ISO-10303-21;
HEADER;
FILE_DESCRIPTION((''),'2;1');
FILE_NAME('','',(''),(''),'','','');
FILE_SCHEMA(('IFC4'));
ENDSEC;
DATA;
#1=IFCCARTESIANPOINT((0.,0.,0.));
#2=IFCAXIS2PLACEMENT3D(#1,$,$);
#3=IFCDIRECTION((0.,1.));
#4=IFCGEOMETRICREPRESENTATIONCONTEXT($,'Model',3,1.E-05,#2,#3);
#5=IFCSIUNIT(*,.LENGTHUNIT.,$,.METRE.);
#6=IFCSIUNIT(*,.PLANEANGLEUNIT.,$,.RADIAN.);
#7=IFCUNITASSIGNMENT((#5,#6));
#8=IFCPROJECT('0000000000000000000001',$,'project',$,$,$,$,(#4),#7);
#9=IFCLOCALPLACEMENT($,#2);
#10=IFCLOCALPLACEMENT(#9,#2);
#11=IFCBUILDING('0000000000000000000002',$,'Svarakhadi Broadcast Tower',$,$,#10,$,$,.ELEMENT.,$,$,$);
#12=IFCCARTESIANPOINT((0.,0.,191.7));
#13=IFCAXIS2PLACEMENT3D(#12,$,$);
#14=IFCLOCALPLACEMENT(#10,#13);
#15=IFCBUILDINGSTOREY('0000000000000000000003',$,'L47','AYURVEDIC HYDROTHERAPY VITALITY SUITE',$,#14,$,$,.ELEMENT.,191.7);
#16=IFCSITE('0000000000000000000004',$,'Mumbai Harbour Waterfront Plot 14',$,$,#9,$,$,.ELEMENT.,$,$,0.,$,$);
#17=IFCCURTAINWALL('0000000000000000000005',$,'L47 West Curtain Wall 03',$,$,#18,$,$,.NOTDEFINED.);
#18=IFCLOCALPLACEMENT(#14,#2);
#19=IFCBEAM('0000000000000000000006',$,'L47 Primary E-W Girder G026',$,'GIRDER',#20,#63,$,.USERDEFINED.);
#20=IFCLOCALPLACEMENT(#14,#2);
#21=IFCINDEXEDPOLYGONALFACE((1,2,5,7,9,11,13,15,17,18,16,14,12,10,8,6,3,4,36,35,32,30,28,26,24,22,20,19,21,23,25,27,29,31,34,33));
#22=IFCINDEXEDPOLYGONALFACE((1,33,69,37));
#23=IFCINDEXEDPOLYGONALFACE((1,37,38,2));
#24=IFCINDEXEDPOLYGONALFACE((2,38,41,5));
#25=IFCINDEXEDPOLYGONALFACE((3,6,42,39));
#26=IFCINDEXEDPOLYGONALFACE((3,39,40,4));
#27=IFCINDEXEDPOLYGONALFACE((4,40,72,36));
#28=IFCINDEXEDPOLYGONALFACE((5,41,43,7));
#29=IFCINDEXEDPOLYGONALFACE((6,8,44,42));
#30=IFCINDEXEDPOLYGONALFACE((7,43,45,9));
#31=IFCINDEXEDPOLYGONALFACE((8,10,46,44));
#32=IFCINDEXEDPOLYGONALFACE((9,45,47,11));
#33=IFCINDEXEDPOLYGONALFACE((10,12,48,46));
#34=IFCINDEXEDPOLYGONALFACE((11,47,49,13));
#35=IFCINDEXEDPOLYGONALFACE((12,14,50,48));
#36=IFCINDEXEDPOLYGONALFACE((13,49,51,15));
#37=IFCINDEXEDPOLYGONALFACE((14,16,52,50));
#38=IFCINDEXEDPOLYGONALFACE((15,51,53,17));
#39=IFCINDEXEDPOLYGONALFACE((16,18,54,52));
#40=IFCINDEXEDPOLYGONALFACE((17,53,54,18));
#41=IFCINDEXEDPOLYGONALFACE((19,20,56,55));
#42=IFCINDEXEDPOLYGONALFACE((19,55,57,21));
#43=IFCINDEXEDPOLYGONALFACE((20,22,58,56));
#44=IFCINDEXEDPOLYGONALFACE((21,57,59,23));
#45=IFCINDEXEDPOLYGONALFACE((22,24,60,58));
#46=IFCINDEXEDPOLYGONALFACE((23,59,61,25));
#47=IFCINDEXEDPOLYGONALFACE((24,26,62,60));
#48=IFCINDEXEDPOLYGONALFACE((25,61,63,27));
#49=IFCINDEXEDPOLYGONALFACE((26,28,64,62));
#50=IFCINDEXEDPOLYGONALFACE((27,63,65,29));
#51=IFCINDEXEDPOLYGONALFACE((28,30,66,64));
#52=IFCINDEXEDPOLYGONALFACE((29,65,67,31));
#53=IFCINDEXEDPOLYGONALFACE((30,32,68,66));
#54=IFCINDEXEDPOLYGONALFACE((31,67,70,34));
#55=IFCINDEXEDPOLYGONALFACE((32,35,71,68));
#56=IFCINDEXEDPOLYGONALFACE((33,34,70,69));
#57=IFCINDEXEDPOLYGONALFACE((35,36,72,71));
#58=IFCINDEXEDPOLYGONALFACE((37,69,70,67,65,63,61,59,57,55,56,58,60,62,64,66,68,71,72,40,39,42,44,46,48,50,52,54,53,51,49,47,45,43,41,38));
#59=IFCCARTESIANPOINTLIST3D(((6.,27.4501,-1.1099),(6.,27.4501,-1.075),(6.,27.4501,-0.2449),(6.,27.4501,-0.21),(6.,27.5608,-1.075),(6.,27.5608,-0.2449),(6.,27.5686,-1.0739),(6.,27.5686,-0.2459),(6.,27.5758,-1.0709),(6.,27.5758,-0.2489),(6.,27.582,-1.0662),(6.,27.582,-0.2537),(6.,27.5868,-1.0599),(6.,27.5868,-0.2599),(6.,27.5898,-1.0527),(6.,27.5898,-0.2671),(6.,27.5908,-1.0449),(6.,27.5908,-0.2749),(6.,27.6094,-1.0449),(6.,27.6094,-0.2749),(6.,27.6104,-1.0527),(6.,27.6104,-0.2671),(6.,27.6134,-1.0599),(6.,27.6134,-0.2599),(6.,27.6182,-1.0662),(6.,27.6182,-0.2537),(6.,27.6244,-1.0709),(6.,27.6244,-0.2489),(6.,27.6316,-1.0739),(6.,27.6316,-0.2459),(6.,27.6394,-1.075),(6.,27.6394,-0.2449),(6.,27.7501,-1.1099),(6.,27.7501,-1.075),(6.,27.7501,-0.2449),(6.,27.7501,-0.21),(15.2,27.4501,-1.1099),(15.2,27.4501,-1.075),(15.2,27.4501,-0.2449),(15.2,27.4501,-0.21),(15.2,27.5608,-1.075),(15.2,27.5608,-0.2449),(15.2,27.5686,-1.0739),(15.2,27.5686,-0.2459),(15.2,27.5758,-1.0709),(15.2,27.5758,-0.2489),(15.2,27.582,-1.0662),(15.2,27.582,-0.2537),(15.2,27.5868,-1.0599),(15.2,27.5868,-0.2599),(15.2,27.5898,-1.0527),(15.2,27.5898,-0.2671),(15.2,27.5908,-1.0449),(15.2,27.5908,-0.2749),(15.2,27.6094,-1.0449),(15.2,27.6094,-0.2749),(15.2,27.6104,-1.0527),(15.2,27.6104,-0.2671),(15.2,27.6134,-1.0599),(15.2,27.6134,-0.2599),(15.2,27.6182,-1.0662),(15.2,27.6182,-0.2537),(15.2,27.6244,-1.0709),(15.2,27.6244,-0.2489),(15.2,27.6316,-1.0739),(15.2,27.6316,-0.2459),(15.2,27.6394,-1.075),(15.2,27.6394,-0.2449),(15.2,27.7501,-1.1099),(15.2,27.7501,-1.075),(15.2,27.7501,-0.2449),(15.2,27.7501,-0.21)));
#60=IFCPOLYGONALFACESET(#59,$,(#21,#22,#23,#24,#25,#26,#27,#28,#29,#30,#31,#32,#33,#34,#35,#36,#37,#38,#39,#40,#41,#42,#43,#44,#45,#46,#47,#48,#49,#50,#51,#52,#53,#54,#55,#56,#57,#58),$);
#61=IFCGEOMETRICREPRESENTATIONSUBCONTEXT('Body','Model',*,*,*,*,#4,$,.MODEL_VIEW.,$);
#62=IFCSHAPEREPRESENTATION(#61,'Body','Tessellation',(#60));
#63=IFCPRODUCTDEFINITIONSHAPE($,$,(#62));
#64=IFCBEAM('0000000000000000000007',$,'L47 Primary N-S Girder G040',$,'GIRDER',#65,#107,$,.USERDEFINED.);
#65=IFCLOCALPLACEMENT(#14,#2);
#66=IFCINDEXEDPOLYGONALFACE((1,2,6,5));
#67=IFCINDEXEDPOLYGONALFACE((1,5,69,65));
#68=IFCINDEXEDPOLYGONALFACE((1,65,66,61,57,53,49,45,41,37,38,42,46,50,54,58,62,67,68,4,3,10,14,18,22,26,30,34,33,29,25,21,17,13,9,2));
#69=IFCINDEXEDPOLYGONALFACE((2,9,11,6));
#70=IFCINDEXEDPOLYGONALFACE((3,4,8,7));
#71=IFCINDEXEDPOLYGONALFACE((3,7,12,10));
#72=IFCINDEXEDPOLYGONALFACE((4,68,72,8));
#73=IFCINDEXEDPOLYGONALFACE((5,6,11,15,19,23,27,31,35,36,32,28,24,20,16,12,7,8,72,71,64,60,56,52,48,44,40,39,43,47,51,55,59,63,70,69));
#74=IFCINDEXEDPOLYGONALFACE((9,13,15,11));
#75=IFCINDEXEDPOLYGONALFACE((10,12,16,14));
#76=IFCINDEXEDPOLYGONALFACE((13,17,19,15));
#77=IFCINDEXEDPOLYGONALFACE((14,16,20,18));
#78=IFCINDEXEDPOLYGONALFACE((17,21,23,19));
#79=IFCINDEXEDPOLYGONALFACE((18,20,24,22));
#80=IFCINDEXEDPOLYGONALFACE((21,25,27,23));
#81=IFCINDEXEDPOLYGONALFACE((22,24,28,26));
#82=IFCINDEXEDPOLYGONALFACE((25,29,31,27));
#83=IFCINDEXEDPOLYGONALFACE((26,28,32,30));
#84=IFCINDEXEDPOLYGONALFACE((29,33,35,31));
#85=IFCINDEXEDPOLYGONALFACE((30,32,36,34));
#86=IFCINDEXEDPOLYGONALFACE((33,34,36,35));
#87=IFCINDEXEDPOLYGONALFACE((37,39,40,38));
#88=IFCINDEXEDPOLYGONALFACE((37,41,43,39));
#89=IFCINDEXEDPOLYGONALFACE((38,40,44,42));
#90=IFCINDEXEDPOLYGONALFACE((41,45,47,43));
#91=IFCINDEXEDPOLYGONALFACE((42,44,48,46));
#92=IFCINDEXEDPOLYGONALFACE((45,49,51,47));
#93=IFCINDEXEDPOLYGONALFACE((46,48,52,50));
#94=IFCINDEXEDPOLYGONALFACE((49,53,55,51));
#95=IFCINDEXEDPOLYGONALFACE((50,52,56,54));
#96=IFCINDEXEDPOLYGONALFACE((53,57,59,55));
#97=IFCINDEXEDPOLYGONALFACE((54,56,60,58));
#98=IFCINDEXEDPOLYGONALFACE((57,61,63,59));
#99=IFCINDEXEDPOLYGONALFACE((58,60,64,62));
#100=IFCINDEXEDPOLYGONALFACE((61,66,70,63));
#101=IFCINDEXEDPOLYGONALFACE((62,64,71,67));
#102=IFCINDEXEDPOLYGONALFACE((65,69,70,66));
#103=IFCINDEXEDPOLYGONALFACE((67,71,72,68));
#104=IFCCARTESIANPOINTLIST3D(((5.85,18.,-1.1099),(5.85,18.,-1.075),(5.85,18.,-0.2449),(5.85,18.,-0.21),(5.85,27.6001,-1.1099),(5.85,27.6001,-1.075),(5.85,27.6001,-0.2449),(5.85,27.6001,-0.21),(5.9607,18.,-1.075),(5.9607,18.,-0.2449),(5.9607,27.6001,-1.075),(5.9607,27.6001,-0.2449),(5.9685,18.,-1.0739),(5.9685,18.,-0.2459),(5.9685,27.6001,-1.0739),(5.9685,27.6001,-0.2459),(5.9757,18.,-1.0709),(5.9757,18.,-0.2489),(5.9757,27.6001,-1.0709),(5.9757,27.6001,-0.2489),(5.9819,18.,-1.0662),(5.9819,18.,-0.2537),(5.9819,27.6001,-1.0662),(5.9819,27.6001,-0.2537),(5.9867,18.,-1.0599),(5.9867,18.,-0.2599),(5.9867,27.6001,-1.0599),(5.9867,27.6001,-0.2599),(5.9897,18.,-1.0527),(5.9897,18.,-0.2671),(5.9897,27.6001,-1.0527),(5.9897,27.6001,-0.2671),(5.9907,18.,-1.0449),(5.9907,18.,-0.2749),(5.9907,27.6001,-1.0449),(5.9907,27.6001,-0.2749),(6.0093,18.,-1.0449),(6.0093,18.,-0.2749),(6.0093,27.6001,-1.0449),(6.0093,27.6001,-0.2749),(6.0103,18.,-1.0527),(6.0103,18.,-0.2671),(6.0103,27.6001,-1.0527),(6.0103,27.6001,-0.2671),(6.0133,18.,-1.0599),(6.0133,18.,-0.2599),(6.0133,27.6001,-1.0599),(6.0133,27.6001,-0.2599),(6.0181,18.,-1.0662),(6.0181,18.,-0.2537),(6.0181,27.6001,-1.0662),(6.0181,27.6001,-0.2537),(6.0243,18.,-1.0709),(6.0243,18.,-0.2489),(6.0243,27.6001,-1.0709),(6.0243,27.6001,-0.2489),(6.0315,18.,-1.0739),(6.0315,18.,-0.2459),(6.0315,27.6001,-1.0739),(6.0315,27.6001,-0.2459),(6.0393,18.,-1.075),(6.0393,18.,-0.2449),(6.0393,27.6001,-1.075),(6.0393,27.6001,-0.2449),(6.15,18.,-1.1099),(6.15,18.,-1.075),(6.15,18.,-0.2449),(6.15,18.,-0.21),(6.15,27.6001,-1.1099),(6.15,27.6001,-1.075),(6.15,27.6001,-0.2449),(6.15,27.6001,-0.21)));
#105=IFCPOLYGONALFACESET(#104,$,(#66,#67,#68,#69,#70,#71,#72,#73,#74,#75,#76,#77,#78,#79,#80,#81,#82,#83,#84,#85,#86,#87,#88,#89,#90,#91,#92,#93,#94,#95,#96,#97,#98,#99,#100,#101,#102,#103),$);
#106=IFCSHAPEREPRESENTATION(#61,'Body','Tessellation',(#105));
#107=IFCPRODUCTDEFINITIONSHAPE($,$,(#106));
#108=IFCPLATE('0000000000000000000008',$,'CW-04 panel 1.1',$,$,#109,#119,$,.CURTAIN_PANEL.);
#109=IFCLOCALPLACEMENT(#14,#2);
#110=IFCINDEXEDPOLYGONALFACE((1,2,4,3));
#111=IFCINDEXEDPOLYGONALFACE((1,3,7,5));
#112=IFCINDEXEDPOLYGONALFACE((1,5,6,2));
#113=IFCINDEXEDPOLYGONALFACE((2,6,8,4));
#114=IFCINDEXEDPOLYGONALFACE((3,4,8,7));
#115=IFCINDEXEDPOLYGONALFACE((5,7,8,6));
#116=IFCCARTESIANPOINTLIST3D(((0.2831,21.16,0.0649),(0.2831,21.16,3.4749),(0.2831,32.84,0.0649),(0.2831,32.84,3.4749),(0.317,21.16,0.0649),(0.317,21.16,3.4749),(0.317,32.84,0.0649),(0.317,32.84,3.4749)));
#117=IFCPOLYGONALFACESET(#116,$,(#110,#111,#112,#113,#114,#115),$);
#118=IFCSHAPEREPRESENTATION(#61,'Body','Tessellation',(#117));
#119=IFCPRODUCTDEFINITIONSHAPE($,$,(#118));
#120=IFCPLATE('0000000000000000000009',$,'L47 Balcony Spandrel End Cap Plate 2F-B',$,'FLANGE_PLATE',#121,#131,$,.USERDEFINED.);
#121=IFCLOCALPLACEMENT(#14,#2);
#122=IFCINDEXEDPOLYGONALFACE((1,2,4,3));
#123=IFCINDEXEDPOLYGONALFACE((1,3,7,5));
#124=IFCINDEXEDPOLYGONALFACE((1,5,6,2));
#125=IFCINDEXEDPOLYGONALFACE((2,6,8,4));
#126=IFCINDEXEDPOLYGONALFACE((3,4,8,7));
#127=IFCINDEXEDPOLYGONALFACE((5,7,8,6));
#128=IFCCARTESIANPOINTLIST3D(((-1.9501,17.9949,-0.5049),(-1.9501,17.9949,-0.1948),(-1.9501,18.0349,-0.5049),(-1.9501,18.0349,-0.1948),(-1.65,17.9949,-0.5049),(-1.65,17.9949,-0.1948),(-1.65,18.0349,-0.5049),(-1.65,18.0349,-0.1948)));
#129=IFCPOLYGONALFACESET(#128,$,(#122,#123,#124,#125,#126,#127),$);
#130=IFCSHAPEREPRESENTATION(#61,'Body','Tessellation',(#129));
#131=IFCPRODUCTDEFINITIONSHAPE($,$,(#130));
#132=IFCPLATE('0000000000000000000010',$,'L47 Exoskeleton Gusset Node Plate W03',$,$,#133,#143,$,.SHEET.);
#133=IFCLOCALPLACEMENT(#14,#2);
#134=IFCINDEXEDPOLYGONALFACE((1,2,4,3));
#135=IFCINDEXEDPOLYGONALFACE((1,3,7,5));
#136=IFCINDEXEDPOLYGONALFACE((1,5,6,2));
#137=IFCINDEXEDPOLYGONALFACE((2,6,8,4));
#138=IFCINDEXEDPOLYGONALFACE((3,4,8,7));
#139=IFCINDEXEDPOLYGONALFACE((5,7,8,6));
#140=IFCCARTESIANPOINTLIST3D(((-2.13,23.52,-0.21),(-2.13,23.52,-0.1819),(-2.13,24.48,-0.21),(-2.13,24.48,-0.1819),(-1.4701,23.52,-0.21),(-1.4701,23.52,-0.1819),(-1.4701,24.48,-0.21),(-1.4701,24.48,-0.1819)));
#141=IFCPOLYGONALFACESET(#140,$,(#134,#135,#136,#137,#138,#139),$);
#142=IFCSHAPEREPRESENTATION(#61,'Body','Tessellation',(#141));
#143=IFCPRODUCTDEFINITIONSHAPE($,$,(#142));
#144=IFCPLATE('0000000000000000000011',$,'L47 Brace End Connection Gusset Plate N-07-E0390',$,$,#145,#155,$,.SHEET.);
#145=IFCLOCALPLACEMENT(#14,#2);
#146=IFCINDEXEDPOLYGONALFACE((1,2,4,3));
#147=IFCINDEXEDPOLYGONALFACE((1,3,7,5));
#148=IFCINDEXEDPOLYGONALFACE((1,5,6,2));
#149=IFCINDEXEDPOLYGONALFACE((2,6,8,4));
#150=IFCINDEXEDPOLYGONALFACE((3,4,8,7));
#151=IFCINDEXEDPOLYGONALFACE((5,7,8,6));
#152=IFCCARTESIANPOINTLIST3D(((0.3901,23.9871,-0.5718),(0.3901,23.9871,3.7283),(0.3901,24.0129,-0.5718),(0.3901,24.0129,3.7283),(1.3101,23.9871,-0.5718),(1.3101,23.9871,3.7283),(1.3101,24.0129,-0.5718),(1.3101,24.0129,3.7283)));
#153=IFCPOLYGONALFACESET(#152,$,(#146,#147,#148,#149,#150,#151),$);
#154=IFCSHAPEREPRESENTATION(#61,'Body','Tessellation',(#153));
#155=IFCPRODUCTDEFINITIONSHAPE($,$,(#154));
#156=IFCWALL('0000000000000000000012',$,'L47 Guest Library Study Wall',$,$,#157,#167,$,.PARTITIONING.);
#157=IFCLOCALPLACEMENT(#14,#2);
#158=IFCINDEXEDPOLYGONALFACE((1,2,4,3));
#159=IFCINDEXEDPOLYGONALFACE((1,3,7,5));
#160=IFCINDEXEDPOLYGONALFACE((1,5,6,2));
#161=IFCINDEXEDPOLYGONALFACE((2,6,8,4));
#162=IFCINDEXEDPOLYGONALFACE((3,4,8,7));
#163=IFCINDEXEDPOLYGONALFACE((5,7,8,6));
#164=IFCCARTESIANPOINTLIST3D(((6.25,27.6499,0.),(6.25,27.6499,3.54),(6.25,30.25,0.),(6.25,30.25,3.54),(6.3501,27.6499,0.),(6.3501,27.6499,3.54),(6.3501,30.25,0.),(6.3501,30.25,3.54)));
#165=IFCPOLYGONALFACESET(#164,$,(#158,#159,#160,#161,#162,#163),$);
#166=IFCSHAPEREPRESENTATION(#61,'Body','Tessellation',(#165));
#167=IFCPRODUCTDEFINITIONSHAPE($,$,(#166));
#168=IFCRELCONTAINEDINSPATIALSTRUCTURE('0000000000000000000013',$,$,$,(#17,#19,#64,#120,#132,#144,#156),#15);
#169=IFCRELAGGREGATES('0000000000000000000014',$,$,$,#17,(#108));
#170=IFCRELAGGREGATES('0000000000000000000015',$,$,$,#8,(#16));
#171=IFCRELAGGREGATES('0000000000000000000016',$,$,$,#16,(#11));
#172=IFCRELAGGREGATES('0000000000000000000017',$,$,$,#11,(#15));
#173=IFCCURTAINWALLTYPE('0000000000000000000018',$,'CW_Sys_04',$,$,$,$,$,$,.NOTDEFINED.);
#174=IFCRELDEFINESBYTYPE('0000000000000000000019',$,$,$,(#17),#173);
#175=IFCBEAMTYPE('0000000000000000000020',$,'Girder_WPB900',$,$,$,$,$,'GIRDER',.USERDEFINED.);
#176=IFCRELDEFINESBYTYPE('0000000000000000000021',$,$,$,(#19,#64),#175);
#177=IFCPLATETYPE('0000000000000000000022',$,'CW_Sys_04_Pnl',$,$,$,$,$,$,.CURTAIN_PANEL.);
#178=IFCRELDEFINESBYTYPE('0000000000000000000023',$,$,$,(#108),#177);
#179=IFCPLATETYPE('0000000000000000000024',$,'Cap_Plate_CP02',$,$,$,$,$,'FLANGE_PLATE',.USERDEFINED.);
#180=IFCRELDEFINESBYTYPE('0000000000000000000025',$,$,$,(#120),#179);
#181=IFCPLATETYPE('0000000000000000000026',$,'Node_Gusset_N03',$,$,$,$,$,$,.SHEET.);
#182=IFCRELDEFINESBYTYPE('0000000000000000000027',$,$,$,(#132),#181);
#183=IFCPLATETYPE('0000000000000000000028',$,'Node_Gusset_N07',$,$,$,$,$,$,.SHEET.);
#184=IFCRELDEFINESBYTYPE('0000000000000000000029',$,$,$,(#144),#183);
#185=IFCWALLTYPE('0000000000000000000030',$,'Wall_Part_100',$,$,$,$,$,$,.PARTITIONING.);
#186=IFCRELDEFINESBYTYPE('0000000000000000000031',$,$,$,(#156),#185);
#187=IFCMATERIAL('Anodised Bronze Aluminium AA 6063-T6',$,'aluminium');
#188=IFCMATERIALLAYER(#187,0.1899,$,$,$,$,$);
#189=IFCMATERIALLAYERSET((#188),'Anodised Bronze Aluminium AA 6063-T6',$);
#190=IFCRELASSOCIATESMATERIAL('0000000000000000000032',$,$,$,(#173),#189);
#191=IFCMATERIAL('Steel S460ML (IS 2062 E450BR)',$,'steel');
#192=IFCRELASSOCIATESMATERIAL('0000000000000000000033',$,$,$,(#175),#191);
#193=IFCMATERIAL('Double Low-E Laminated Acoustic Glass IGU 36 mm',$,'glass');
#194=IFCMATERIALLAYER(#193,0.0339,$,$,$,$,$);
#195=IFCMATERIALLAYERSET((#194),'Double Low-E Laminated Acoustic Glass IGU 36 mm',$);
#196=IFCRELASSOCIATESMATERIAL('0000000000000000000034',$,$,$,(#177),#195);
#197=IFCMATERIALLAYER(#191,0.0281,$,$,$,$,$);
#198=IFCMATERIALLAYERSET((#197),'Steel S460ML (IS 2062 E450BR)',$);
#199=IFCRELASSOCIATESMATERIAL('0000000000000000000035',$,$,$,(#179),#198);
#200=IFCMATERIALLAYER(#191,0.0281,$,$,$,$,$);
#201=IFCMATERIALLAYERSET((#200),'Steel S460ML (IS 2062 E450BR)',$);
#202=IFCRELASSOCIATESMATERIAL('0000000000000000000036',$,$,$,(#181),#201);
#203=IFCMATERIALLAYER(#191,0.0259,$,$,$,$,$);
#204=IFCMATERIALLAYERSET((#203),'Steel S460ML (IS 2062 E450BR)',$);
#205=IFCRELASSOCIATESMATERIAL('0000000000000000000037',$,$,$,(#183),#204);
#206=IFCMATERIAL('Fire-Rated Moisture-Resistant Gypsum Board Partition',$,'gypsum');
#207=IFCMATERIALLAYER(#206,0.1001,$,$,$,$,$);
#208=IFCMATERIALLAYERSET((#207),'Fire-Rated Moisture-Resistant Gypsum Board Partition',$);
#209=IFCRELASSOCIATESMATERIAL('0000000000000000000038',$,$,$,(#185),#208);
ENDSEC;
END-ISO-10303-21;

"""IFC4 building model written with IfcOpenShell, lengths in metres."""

from ifc_helpers import new_model, si_unit, direction, frame, frame_2d, origin, origin_2d, place, context, subcontext, project, spatial, rectangle, i_section, extrude, material, layer, layer_set, material_profile, profile_set, type_object, element, aggregate, save


model = new_model("IFC4")

# Units and contexts
model_context = context("Model", 3, precision=1e-05, world=origin(), true_north=direction((0.0, 1.0)))
body_context = subcontext(model_context, "Body", "Model", "MODEL_VIEW")
ifc_project = project(units=[si_unit("LENGTHUNIT", "METRE"), si_unit("PLANEANGLEUNIT", "RADIAN")], contexts=[model_context])

# Site, building, storey
site_placement = place(None, origin())
site = spatial("IfcSite", under=ifc_project, at=site_placement, Name="Mumbai Harbour Waterfront Plot 14", CompositionType="ELEMENT", RefElevation=0.0)
building_placement = place(site_placement, origin())
building = spatial("IfcBuilding", under=site, at=building_placement, Name="Svarakhadi Broadcast Tower", CompositionType="ELEMENT")
storey_placement = place(building_placement, frame((0.0, 0.0, 191.7)))
storey = spatial("IfcBuildingStorey", under=building, at=storey_placement, Name="L47", Description="AYURVEDIC HYDROTHERAPY VITALITY SUITE", CompositionType="ELEMENT", Elevation=191.7)

# Curtain wall
ifc_material_1 = material(Name="Anodised Bronze Aluminium AA 6063-T6", Category="aluminium")
ifc_layer_1 = layer(ifc_material_1, 0.1899)
ifc_layer_set_1 = layer_set([ifc_layer_1], Name="Anodised Bronze Aluminium AA 6063-T6")
curtain_wall_type = type_object("IfcCurtainWallType", Name="CW_Sys_04", PredefinedType="NOTDEFINED", material=ifc_layer_set_1)
curtain_wall_placement = place(storey_placement, origin())
curtain_wall = element("IfcCurtainWall", 1, at=curtain_wall_placement, inside=storey, type_object=curtain_wall_type, Name="L47 West Curtain Wall 03", PredefinedType="NOTDEFINED")

# Shared definitions
ifc_material_2 = material(Name="Steel S460ML (IS 2062 E450BR)", Category="steel")

# Beams
ifc_material_profile_1 = material_profile(ifc_material_2, i_section(OverallWidth=0.3, OverallDepth=0.8999, WebThickness=0.0186, FlangeThickness=0.0349, FilletRadius=0.03, at=origin_2d()), Name="WPB 900x300x291")
ifc_profile_set_1 = profile_set([ifc_material_profile_1], Name="Steel S460ML (IS 2062 E450BR)")
beam_type_1 = type_object("IfcBeamType", Name="Girder_WPB900", ElementType="GIRDER", PredefinedType="USERDEFINED", material=ifc_profile_set_1)
beam_1_placement = place(storey_placement, frame((6.0, 27.6001, -0.6599), z_axis=(1.0, 0.0, 0.0), x_axis=(0.0, 1.0, 0.0)))
element("IfcBeam", 2, at=beam_1_placement, inside=storey, type_object=beam_type_1, Name="L47 Primary E-W Girder G026", ObjectType="GIRDER", PredefinedType="USERDEFINED", context=body_context, shape_type="SweptSolid", body=[
    extrude(i_section(OverallWidth=0.3, OverallDepth=0.8999, WebThickness=0.0186, FlangeThickness=0.0349, FilletRadius=0.03, at=origin_2d()), origin(), (0.0, 0.0, 1.0), 9.2),
])
beam_2_placement = place(storey_placement, frame((6.0, 18.0, -0.6599), z_axis=(0.0, 1.0, 0.0), x_axis=(-1.0, 0.0, 0.0)))
element("IfcBeam", 3, at=beam_2_placement, inside=storey, type_object=beam_type_1, Name="L47 Primary N-S Girder G040", ObjectType="GIRDER", PredefinedType="USERDEFINED", context=body_context, shape_type="SweptSolid", body=[
    extrude(i_section(OverallWidth=0.3, OverallDepth=0.8999, WebThickness=0.0186, FlangeThickness=0.0349, FilletRadius=0.03, at=origin_2d()), origin(), (0.0, 0.0, 1.0), 9.6001),
])

# Plate
ifc_material_3 = material(Name="Double Low-E Laminated Acoustic Glass IGU 36 mm", Category="glass")
ifc_layer_2 = layer(ifc_material_3, 0.0339)
ifc_layer_set_2 = layer_set([ifc_layer_2], Name="Double Low-E Laminated Acoustic Glass IGU 36 mm")
plate_type_1 = type_object("IfcPlateType", Name="CW_Sys_04_Pnl", PredefinedType="CURTAIN_PANEL", material=ifc_layer_set_2)
plate_1_placement = place(storey_placement, frame((0.3, 27.0, 0.0649), z_axis=(0.0, 0.0, 1.0), x_axis=(0.0, 1.0, 0.0)))
plate_1 = element("IfcPlate", 4, at=plate_1_placement, type_object=plate_type_1, Name="CW-04 panel 1.1", PredefinedType="CURTAIN_PANEL", context=body_context, shape_type="SweptSolid", body=[
    extrude(rectangle(XDim=11.6799, YDim=0.0339, at=origin_2d()), origin(), (0.0, 0.0, 1.0), 3.4099),
])
aggregate(curtain_wall, [plate_1])

# Plates
ifc_layer_3 = layer(ifc_material_2, 0.0281)
ifc_layer_set_3 = layer_set([ifc_layer_3], Name="Steel S460ML (IS 2062 E450BR)")
plate_type_2 = type_object("IfcPlateType", Name="Cap_Plate_CP02", ElementType="FLANGE_PLATE", PredefinedType="USERDEFINED", material=ifc_layer_set_3)
plate_2_placement = place(storey_placement, frame((-1.8, 18.0149, -0.5049), z_axis=(0.0, 0.0, 1.0), x_axis=(1.0, 0.0, 0.0)))
element("IfcPlate", 5, at=plate_2_placement, inside=storey, type_object=plate_type_2, Name="L47 Balcony Spandrel End Cap Plate 2F-B", ObjectType="FLANGE_PLATE", PredefinedType="USERDEFINED", context=body_context, shape_type="SweptSolid", body=[
    extrude(rectangle(XDim=0.3, YDim=0.04, at=origin_2d()), origin(), (0.0, 0.0, 1.0), 0.3101),
])
ifc_layer_4 = layer(ifc_material_2, 0.0281)
ifc_layer_set_4 = layer_set([ifc_layer_4], Name="Steel S460ML (IS 2062 E450BR)")
plate_type_3 = type_object("IfcPlateType", Name="Node_Gusset_N03", PredefinedType="SHEET", material=ifc_layer_set_4)
plate_3_placement = place(storey_placement, frame((-1.8, 24.0, -0.21), z_axis=(0.0, 0.0, 1.0), x_axis=(0.0, 1.0, 0.0)))
element("IfcPlate", 6, at=plate_3_placement, inside=storey, type_object=plate_type_3, Name="L47 Exoskeleton Gusset Node Plate W03", PredefinedType="SHEET", context=body_context, shape_type="SweptSolid", body=[
    extrude(rectangle(XDim=0.96, YDim=0.6599, at=origin_2d()), origin(), (0.0, 0.0, 1.0), 0.0281),
])
ifc_layer_5 = layer(ifc_material_2, 0.0259)
ifc_layer_set_5 = layer_set([ifc_layer_5], Name="Steel S460ML (IS 2062 E450BR)")
plate_type_4 = type_object("IfcPlateType", Name="Node_Gusset_N07", PredefinedType="SHEET", material=ifc_layer_set_5)
plate_4_placement = place(storey_placement, frame((0.8501, 24.0, -0.5718), z_axis=(0.0, 0.0, 1.0), x_axis=(1.0, 0.0, 0.0)))
element("IfcPlate", 7, at=plate_4_placement, inside=storey, type_object=plate_type_4, Name="L47 Brace End Connection Gusset Plate N-07-E0390", PredefinedType="SHEET", context=body_context, shape_type="SweptSolid", body=[
    extrude(rectangle(XDim=0.9199, YDim=0.0259, at=origin_2d()), origin(), (0.0, 0.0, 1.0), 4.3),
])

# Wall
ifc_material_4 = material(Name="Fire-Rated Moisture-Resistant Gypsum Board Partition", Category="gypsum")
ifc_layer_6 = layer(ifc_material_4, 0.1001)
ifc_layer_set_6 = layer_set([ifc_layer_6], Name="Fire-Rated Moisture-Resistant Gypsum Board Partition")
wall_type_1 = type_object("IfcWallType", Name="Wall_Part_100", PredefinedType="PARTITIONING", material=ifc_layer_set_6)
wall_1_placement = place(storey_placement, frame((6.3, 27.6499, 0.0), z_axis=(0.0, 0.0, 1.0), x_axis=(0.0, 1.0, 0.0)))
element("IfcWall", 8, at=wall_1_placement, inside=storey, type_object=wall_type_1, Name="L47 Guest Library Study Wall", PredefinedType="PARTITIONING", context=body_context, shape_type="SweptSolid", body=[
    extrude(rectangle(XDim=2.6001, YDim=0.1001, at=frame_2d((1.3, 0.0))), origin(), (0.0, 0.0, 1.0), 3.54),
])

save(model, "model.ifc")
